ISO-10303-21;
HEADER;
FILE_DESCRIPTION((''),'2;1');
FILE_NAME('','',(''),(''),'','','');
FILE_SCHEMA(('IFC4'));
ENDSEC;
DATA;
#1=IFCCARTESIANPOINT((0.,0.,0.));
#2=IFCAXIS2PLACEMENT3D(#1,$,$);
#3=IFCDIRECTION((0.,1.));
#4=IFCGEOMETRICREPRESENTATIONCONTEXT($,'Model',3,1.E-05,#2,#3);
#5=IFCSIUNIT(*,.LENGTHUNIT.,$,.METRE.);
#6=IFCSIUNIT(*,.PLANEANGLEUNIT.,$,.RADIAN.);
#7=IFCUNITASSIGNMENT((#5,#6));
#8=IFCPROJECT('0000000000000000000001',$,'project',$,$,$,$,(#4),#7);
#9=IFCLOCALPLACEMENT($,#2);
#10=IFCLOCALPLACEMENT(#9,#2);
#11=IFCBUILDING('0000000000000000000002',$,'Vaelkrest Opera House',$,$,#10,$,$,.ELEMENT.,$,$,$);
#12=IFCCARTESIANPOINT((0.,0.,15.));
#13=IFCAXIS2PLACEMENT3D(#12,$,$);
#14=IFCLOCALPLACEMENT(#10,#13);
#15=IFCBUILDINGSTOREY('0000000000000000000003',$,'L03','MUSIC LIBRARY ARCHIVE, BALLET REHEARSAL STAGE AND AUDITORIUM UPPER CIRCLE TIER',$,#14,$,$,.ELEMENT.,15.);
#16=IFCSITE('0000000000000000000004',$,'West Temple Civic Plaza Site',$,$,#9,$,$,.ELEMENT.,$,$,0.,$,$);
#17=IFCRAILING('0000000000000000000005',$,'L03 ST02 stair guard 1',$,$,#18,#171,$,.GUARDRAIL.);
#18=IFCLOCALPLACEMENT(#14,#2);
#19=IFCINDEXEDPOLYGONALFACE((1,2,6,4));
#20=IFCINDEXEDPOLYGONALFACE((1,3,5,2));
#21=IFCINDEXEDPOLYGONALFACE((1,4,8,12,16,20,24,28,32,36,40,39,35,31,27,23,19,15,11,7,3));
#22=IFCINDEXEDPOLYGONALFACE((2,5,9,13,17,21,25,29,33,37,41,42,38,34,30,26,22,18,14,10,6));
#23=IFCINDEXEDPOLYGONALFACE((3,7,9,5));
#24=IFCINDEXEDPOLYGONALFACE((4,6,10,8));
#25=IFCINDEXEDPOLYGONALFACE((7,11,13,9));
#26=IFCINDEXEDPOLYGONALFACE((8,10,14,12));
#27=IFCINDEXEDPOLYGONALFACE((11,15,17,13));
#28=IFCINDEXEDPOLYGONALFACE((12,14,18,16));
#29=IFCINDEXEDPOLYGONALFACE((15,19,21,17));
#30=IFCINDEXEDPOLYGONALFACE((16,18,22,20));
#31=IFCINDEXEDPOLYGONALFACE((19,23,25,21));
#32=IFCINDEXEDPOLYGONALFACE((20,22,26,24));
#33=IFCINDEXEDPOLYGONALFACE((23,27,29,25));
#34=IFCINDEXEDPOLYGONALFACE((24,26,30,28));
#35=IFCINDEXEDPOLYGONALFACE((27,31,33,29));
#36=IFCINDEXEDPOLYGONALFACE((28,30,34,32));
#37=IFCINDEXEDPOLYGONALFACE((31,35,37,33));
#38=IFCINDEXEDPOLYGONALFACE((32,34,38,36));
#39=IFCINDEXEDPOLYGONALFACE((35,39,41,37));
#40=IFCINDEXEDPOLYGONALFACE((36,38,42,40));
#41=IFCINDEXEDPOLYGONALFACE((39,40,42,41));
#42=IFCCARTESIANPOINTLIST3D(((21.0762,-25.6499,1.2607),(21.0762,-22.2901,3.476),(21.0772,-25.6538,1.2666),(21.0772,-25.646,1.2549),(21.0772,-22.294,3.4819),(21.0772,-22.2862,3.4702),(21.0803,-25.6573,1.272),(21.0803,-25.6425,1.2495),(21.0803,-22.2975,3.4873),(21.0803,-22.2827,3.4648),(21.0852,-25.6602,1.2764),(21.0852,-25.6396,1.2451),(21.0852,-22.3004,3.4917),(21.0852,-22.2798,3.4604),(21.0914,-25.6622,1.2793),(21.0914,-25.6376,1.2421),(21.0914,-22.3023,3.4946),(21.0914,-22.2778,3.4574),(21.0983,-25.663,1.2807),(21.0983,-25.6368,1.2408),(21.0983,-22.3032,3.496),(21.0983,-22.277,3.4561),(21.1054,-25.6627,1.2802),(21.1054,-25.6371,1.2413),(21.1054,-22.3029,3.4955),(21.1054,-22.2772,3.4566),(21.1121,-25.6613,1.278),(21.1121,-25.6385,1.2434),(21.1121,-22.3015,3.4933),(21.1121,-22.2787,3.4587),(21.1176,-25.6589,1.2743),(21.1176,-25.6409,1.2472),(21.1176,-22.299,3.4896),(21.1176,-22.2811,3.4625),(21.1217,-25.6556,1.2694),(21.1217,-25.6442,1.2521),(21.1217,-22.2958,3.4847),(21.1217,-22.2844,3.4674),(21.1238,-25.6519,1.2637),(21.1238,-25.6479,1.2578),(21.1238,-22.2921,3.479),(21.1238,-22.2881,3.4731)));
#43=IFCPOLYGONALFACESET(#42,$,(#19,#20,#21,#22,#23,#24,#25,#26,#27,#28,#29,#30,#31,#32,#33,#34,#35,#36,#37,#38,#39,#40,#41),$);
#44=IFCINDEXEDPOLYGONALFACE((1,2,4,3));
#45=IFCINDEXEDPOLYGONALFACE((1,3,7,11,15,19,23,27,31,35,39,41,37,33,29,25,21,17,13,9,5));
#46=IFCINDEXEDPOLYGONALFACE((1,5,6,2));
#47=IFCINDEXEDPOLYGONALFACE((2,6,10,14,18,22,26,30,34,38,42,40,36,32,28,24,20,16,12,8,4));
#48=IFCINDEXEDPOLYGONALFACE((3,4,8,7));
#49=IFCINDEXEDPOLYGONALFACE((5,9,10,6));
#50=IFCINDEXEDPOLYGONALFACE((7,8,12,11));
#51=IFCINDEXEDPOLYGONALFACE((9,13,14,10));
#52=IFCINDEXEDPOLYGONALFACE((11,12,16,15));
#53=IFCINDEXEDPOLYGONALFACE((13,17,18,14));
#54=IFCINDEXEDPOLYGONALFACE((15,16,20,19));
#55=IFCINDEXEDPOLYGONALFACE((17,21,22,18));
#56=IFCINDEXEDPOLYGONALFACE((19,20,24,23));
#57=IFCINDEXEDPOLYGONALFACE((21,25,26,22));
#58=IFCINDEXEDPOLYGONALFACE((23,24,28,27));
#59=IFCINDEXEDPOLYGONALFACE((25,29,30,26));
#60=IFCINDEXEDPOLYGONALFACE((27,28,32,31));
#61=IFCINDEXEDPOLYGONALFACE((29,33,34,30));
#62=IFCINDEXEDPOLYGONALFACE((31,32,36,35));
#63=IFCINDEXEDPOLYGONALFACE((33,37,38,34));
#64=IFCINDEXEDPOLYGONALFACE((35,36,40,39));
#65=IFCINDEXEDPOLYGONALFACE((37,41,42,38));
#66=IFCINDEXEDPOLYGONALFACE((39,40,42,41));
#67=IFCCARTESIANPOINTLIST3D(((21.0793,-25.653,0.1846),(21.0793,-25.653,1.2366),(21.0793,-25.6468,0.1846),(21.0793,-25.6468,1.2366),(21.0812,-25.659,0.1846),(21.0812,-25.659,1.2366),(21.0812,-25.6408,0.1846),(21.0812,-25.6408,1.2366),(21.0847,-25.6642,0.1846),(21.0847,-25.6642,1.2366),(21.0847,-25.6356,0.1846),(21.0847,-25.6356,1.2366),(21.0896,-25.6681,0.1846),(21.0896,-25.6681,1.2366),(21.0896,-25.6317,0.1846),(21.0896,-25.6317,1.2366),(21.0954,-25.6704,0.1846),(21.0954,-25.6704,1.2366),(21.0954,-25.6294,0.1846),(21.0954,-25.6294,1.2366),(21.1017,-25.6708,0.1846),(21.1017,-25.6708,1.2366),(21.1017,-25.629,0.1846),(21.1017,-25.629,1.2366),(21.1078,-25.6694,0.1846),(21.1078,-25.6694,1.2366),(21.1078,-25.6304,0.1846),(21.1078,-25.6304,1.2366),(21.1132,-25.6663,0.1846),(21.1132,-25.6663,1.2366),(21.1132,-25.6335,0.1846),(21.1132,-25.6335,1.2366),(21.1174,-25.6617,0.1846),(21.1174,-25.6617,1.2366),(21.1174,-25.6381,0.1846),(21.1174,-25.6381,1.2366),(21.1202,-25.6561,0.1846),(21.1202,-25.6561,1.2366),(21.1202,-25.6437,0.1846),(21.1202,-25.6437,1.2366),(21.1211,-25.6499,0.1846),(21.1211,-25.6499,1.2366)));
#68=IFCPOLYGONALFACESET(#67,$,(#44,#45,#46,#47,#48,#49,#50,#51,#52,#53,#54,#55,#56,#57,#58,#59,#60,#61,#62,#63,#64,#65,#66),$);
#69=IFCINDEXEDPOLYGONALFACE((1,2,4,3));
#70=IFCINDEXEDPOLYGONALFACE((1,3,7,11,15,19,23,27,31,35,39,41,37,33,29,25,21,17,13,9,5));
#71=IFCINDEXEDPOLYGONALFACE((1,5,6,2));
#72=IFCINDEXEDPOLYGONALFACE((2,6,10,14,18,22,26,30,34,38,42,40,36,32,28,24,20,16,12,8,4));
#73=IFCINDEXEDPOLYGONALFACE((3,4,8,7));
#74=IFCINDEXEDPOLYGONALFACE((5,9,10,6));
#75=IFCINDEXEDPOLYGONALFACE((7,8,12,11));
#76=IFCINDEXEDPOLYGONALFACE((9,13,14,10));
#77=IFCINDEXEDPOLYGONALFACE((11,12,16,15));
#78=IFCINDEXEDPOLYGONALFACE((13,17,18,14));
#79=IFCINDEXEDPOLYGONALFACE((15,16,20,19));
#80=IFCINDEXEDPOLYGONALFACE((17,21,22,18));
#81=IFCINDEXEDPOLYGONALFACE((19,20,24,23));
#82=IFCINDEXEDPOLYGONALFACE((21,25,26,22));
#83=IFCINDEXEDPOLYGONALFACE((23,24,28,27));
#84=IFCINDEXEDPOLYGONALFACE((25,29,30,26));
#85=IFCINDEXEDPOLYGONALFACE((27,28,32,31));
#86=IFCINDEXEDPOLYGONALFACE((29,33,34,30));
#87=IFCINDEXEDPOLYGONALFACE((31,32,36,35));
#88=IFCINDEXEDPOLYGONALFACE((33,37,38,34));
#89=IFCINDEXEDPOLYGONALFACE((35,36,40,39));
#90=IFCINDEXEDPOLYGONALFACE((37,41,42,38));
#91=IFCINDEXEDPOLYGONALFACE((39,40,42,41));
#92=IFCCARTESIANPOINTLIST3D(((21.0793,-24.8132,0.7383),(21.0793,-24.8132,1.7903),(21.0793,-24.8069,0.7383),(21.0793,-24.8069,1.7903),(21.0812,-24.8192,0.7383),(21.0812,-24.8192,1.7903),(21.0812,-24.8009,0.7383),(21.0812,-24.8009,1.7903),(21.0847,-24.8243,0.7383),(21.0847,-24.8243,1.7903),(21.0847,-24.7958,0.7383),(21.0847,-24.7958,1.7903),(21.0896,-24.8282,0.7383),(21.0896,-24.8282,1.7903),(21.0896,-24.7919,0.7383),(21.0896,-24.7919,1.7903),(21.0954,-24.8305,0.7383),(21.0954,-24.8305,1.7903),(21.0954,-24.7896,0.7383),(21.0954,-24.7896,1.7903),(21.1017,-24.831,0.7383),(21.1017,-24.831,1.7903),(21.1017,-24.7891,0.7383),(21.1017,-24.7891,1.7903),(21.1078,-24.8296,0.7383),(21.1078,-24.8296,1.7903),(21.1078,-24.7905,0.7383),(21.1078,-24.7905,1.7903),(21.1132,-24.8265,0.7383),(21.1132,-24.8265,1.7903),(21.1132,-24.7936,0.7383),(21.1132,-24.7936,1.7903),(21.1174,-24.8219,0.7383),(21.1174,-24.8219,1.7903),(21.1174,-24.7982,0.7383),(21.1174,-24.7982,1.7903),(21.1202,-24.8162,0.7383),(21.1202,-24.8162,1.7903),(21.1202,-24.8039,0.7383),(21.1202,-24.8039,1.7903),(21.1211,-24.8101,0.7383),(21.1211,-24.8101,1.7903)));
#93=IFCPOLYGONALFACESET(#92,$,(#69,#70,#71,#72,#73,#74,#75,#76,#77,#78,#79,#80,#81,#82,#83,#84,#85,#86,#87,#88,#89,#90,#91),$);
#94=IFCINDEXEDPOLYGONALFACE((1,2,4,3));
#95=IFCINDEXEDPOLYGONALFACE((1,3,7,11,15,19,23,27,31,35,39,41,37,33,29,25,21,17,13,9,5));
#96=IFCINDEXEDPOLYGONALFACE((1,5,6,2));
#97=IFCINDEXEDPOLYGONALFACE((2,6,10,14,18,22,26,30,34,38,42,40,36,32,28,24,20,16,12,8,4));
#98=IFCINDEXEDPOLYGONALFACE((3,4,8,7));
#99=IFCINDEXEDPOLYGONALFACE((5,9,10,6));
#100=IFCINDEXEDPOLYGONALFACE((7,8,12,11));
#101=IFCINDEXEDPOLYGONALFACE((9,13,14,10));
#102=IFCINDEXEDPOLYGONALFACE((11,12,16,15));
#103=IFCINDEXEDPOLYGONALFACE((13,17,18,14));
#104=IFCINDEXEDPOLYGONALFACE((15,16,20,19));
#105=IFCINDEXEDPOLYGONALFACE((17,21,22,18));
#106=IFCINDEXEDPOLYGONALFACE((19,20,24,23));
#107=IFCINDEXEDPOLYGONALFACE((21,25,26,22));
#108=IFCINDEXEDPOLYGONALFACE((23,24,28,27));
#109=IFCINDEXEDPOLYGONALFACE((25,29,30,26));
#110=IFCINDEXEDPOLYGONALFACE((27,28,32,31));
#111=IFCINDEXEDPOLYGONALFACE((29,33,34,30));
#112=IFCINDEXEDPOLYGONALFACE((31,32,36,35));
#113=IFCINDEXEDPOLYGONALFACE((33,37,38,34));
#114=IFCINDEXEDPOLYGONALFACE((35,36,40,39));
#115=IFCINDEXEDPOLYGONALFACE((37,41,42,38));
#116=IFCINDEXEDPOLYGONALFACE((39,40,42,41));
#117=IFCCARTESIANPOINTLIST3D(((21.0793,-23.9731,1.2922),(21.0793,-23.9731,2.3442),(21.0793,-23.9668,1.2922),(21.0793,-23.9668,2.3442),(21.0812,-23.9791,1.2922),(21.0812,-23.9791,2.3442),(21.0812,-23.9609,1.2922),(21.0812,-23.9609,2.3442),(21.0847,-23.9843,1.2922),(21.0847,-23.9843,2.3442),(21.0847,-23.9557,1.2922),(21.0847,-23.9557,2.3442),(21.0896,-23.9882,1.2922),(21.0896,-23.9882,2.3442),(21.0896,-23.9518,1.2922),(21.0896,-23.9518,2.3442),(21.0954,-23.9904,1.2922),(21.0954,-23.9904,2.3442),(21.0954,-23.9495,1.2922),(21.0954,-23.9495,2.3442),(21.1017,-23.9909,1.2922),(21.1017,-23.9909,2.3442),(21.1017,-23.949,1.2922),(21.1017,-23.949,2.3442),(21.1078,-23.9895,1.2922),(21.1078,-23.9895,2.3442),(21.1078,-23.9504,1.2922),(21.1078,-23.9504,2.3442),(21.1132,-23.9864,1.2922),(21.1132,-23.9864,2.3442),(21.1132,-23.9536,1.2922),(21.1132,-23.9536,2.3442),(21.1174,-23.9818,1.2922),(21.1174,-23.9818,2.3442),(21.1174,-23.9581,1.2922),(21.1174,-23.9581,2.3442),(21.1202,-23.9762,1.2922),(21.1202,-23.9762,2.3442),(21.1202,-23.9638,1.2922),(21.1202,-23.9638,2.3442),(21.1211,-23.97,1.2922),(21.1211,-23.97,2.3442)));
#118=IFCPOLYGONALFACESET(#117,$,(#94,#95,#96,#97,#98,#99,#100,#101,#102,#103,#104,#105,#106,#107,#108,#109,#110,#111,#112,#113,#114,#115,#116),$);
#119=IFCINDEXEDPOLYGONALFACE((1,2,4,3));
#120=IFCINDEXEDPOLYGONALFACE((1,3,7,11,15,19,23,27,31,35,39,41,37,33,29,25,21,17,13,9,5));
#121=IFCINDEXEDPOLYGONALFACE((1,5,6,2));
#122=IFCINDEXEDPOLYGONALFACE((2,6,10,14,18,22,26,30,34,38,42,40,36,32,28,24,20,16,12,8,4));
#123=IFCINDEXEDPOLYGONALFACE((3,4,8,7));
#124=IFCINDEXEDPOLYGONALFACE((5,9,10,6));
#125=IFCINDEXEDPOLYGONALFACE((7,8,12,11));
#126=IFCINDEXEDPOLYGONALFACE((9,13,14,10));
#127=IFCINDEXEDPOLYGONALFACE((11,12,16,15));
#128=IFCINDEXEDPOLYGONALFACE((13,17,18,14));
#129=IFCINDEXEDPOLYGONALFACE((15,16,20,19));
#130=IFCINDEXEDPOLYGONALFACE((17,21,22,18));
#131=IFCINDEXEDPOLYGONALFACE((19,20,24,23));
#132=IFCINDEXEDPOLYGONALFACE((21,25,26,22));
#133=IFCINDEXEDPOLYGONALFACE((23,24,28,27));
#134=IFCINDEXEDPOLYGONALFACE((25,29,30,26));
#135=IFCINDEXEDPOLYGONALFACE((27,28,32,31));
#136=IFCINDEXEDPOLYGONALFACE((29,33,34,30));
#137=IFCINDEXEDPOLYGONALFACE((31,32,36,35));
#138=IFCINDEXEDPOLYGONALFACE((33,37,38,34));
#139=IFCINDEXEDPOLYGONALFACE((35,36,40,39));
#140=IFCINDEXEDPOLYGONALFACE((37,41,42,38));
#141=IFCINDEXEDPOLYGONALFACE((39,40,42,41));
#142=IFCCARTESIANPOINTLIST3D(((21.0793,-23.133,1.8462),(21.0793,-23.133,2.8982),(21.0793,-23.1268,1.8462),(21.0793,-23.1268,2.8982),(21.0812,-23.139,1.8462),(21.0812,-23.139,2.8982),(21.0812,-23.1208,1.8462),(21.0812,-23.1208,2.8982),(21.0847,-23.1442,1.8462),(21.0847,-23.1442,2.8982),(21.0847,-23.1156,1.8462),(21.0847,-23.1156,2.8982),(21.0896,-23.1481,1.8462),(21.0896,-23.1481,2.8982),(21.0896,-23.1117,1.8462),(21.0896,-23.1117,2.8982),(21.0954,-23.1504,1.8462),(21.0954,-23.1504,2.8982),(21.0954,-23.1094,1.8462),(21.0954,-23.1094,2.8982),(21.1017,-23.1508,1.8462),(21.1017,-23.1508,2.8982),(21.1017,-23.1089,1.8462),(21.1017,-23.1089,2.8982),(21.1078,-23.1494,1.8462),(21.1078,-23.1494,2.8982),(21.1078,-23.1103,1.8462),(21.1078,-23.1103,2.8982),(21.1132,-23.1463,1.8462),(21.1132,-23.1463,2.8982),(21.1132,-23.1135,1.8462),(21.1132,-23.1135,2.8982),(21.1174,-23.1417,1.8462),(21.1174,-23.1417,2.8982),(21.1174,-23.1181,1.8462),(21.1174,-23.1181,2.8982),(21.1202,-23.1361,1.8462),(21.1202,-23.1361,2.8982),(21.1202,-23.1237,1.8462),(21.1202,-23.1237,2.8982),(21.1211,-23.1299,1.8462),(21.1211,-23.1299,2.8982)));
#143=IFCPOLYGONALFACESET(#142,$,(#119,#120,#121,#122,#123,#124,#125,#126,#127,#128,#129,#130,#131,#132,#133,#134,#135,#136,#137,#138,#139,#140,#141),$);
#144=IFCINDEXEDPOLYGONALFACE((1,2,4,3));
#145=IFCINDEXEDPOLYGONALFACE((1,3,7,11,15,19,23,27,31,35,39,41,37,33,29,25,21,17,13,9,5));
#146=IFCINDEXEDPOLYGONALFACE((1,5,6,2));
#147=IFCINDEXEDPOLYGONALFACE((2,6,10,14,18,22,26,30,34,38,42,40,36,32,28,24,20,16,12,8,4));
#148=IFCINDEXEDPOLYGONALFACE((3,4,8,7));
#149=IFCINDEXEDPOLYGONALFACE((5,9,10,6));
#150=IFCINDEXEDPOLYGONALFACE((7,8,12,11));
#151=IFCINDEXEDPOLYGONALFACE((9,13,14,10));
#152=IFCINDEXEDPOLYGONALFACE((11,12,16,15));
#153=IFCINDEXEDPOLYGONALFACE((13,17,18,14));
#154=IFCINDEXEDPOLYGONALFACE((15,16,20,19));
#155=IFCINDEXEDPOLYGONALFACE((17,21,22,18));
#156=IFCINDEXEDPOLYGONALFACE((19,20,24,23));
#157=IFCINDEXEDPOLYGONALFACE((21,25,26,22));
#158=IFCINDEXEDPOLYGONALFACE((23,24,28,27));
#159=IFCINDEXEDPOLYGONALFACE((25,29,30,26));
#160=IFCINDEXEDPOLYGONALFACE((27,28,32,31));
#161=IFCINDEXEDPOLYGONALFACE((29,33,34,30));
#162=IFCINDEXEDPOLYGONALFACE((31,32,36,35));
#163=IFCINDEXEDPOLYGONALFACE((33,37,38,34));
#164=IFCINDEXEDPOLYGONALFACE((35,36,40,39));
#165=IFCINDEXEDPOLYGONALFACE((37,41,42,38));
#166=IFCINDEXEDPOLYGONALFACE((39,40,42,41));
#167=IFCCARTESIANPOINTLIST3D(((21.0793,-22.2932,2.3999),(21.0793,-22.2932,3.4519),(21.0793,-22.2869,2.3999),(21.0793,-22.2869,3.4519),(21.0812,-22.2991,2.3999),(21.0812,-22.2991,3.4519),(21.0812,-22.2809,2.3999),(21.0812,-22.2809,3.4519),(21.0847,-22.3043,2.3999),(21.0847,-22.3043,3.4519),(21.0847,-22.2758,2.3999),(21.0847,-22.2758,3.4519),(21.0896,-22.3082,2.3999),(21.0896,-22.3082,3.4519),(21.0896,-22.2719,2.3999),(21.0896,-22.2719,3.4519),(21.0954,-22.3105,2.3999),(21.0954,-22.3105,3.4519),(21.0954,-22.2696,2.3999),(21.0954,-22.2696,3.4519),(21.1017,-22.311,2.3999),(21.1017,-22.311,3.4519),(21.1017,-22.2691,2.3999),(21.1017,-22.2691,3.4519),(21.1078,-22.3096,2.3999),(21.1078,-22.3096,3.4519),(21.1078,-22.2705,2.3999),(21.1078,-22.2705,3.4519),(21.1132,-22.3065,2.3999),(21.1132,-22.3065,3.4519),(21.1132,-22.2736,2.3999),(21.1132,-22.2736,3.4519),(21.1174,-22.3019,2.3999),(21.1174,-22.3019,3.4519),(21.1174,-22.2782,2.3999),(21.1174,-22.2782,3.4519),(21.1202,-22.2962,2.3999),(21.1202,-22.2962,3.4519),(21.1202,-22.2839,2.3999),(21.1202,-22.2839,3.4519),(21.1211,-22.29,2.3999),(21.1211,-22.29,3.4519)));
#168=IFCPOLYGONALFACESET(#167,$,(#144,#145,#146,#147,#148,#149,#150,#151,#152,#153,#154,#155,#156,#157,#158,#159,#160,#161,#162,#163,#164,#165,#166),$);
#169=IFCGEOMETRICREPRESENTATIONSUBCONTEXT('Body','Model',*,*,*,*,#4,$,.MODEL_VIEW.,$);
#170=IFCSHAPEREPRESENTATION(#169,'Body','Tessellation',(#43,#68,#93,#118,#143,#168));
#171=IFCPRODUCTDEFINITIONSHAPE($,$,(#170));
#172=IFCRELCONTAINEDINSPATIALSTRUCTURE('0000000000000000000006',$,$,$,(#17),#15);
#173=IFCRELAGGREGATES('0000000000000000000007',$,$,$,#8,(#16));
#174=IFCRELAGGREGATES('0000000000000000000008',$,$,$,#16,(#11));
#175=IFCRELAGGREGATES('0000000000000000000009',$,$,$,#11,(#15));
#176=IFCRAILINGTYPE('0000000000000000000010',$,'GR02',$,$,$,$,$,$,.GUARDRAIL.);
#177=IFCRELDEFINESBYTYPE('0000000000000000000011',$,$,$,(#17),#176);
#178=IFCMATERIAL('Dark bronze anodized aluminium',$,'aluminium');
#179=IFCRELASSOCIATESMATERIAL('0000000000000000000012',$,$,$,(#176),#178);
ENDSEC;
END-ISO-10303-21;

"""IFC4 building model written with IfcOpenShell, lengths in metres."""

from ifc_helpers import new_model, si_unit, direction, frame, origin, origin_2d, place, context, subcontext, project, spatial, circle, extrude, material, type_object, element, save


model = new_model("IFC4")

# Units and contexts
model_context = context("Model", 3, precision=1e-05, world=origin(), true_north=direction((0.0, 1.0)))
body_context = subcontext(model_context, "Body", "Model", "MODEL_VIEW")
ifc_project = project(units=[si_unit("LENGTHUNIT", "METRE"), si_unit("PLANEANGLEUNIT", "RADIAN")], contexts=[model_context])

# Site, building, storey
site_placement = place(None, origin())
site = spatial("IfcSite", under=ifc_project, at=site_placement, Name="West Temple Civic Plaza Site", CompositionType="ELEMENT", RefElevation=0.0)
building_placement = place(site_placement, origin())
building = spatial("IfcBuilding", under=site, at=building_placement, Name="Vaelkrest Opera House", CompositionType="ELEMENT")
storey_placement = place(building_placement, frame((0.0, 0.0, 15.0)))
storey = spatial("IfcBuildingStorey", under=building, at=storey_placement, Name="L03", Description="MUSIC LIBRARY ARCHIVE, BALLET REHEARSAL STAGE AND AUDITORIUM UPPER CIRCLE TIER", CompositionType="ELEMENT", Elevation=15.0)

# Shared definitions
ifc_material_1 = material(Name="Dark bronze anodized aluminium", Category="aluminium")

# Railing
railing_type_1 = type_object("IfcRailingType", Name="GR02", PredefinedType="GUARDRAIL", material=ifc_material_1)
railing_1_placement = place(storey_placement, frame((21.1001, -25.6499, 0.1846)))
element("IfcRailing", 1, at=railing_1_placement, inside=storey, type_object=railing_type_1, Name="L03 ST02 stair guard 1", PredefinedType="GUARDRAIL", context=body_context, shape_type="SweptSolid", body=[
    extrude(circle(Radius=0.0239, at=origin_2d()), frame((0.0, 0.0, 1.0762), z_axis=(0.0, 0.834858, 0.550465), x_axis=(-1.0, 0.0, 0.0)), (0.0, 0.0, 1.0), 4.0244),
    extrude(circle(Radius=0.021, at=origin_2d()), origin(), (0.0, 0.0, 1.0), 1.052),
    extrude(circle(Radius=0.021, at=origin_2d()), frame((0.0, 0.8398, 0.5537)), (0.0, 0.0, 1.0), 1.052),
    extrude(circle(Radius=0.021, at=origin_2d()), frame((0.0, 1.6799, 1.1077)), (0.0, 0.0, 1.0), 1.052),
    extrude(circle(Radius=0.021, at=origin_2d()), frame((0.0, 2.52, 1.6616)), (0.0, 0.0, 1.0), 1.052),
    extrude(circle(Radius=0.021, at=origin_2d()), frame((0.0, 3.3599, 2.2153)), (0.0, 0.0, 1.0), 1.052),
])

save(model, "model.ifc")
